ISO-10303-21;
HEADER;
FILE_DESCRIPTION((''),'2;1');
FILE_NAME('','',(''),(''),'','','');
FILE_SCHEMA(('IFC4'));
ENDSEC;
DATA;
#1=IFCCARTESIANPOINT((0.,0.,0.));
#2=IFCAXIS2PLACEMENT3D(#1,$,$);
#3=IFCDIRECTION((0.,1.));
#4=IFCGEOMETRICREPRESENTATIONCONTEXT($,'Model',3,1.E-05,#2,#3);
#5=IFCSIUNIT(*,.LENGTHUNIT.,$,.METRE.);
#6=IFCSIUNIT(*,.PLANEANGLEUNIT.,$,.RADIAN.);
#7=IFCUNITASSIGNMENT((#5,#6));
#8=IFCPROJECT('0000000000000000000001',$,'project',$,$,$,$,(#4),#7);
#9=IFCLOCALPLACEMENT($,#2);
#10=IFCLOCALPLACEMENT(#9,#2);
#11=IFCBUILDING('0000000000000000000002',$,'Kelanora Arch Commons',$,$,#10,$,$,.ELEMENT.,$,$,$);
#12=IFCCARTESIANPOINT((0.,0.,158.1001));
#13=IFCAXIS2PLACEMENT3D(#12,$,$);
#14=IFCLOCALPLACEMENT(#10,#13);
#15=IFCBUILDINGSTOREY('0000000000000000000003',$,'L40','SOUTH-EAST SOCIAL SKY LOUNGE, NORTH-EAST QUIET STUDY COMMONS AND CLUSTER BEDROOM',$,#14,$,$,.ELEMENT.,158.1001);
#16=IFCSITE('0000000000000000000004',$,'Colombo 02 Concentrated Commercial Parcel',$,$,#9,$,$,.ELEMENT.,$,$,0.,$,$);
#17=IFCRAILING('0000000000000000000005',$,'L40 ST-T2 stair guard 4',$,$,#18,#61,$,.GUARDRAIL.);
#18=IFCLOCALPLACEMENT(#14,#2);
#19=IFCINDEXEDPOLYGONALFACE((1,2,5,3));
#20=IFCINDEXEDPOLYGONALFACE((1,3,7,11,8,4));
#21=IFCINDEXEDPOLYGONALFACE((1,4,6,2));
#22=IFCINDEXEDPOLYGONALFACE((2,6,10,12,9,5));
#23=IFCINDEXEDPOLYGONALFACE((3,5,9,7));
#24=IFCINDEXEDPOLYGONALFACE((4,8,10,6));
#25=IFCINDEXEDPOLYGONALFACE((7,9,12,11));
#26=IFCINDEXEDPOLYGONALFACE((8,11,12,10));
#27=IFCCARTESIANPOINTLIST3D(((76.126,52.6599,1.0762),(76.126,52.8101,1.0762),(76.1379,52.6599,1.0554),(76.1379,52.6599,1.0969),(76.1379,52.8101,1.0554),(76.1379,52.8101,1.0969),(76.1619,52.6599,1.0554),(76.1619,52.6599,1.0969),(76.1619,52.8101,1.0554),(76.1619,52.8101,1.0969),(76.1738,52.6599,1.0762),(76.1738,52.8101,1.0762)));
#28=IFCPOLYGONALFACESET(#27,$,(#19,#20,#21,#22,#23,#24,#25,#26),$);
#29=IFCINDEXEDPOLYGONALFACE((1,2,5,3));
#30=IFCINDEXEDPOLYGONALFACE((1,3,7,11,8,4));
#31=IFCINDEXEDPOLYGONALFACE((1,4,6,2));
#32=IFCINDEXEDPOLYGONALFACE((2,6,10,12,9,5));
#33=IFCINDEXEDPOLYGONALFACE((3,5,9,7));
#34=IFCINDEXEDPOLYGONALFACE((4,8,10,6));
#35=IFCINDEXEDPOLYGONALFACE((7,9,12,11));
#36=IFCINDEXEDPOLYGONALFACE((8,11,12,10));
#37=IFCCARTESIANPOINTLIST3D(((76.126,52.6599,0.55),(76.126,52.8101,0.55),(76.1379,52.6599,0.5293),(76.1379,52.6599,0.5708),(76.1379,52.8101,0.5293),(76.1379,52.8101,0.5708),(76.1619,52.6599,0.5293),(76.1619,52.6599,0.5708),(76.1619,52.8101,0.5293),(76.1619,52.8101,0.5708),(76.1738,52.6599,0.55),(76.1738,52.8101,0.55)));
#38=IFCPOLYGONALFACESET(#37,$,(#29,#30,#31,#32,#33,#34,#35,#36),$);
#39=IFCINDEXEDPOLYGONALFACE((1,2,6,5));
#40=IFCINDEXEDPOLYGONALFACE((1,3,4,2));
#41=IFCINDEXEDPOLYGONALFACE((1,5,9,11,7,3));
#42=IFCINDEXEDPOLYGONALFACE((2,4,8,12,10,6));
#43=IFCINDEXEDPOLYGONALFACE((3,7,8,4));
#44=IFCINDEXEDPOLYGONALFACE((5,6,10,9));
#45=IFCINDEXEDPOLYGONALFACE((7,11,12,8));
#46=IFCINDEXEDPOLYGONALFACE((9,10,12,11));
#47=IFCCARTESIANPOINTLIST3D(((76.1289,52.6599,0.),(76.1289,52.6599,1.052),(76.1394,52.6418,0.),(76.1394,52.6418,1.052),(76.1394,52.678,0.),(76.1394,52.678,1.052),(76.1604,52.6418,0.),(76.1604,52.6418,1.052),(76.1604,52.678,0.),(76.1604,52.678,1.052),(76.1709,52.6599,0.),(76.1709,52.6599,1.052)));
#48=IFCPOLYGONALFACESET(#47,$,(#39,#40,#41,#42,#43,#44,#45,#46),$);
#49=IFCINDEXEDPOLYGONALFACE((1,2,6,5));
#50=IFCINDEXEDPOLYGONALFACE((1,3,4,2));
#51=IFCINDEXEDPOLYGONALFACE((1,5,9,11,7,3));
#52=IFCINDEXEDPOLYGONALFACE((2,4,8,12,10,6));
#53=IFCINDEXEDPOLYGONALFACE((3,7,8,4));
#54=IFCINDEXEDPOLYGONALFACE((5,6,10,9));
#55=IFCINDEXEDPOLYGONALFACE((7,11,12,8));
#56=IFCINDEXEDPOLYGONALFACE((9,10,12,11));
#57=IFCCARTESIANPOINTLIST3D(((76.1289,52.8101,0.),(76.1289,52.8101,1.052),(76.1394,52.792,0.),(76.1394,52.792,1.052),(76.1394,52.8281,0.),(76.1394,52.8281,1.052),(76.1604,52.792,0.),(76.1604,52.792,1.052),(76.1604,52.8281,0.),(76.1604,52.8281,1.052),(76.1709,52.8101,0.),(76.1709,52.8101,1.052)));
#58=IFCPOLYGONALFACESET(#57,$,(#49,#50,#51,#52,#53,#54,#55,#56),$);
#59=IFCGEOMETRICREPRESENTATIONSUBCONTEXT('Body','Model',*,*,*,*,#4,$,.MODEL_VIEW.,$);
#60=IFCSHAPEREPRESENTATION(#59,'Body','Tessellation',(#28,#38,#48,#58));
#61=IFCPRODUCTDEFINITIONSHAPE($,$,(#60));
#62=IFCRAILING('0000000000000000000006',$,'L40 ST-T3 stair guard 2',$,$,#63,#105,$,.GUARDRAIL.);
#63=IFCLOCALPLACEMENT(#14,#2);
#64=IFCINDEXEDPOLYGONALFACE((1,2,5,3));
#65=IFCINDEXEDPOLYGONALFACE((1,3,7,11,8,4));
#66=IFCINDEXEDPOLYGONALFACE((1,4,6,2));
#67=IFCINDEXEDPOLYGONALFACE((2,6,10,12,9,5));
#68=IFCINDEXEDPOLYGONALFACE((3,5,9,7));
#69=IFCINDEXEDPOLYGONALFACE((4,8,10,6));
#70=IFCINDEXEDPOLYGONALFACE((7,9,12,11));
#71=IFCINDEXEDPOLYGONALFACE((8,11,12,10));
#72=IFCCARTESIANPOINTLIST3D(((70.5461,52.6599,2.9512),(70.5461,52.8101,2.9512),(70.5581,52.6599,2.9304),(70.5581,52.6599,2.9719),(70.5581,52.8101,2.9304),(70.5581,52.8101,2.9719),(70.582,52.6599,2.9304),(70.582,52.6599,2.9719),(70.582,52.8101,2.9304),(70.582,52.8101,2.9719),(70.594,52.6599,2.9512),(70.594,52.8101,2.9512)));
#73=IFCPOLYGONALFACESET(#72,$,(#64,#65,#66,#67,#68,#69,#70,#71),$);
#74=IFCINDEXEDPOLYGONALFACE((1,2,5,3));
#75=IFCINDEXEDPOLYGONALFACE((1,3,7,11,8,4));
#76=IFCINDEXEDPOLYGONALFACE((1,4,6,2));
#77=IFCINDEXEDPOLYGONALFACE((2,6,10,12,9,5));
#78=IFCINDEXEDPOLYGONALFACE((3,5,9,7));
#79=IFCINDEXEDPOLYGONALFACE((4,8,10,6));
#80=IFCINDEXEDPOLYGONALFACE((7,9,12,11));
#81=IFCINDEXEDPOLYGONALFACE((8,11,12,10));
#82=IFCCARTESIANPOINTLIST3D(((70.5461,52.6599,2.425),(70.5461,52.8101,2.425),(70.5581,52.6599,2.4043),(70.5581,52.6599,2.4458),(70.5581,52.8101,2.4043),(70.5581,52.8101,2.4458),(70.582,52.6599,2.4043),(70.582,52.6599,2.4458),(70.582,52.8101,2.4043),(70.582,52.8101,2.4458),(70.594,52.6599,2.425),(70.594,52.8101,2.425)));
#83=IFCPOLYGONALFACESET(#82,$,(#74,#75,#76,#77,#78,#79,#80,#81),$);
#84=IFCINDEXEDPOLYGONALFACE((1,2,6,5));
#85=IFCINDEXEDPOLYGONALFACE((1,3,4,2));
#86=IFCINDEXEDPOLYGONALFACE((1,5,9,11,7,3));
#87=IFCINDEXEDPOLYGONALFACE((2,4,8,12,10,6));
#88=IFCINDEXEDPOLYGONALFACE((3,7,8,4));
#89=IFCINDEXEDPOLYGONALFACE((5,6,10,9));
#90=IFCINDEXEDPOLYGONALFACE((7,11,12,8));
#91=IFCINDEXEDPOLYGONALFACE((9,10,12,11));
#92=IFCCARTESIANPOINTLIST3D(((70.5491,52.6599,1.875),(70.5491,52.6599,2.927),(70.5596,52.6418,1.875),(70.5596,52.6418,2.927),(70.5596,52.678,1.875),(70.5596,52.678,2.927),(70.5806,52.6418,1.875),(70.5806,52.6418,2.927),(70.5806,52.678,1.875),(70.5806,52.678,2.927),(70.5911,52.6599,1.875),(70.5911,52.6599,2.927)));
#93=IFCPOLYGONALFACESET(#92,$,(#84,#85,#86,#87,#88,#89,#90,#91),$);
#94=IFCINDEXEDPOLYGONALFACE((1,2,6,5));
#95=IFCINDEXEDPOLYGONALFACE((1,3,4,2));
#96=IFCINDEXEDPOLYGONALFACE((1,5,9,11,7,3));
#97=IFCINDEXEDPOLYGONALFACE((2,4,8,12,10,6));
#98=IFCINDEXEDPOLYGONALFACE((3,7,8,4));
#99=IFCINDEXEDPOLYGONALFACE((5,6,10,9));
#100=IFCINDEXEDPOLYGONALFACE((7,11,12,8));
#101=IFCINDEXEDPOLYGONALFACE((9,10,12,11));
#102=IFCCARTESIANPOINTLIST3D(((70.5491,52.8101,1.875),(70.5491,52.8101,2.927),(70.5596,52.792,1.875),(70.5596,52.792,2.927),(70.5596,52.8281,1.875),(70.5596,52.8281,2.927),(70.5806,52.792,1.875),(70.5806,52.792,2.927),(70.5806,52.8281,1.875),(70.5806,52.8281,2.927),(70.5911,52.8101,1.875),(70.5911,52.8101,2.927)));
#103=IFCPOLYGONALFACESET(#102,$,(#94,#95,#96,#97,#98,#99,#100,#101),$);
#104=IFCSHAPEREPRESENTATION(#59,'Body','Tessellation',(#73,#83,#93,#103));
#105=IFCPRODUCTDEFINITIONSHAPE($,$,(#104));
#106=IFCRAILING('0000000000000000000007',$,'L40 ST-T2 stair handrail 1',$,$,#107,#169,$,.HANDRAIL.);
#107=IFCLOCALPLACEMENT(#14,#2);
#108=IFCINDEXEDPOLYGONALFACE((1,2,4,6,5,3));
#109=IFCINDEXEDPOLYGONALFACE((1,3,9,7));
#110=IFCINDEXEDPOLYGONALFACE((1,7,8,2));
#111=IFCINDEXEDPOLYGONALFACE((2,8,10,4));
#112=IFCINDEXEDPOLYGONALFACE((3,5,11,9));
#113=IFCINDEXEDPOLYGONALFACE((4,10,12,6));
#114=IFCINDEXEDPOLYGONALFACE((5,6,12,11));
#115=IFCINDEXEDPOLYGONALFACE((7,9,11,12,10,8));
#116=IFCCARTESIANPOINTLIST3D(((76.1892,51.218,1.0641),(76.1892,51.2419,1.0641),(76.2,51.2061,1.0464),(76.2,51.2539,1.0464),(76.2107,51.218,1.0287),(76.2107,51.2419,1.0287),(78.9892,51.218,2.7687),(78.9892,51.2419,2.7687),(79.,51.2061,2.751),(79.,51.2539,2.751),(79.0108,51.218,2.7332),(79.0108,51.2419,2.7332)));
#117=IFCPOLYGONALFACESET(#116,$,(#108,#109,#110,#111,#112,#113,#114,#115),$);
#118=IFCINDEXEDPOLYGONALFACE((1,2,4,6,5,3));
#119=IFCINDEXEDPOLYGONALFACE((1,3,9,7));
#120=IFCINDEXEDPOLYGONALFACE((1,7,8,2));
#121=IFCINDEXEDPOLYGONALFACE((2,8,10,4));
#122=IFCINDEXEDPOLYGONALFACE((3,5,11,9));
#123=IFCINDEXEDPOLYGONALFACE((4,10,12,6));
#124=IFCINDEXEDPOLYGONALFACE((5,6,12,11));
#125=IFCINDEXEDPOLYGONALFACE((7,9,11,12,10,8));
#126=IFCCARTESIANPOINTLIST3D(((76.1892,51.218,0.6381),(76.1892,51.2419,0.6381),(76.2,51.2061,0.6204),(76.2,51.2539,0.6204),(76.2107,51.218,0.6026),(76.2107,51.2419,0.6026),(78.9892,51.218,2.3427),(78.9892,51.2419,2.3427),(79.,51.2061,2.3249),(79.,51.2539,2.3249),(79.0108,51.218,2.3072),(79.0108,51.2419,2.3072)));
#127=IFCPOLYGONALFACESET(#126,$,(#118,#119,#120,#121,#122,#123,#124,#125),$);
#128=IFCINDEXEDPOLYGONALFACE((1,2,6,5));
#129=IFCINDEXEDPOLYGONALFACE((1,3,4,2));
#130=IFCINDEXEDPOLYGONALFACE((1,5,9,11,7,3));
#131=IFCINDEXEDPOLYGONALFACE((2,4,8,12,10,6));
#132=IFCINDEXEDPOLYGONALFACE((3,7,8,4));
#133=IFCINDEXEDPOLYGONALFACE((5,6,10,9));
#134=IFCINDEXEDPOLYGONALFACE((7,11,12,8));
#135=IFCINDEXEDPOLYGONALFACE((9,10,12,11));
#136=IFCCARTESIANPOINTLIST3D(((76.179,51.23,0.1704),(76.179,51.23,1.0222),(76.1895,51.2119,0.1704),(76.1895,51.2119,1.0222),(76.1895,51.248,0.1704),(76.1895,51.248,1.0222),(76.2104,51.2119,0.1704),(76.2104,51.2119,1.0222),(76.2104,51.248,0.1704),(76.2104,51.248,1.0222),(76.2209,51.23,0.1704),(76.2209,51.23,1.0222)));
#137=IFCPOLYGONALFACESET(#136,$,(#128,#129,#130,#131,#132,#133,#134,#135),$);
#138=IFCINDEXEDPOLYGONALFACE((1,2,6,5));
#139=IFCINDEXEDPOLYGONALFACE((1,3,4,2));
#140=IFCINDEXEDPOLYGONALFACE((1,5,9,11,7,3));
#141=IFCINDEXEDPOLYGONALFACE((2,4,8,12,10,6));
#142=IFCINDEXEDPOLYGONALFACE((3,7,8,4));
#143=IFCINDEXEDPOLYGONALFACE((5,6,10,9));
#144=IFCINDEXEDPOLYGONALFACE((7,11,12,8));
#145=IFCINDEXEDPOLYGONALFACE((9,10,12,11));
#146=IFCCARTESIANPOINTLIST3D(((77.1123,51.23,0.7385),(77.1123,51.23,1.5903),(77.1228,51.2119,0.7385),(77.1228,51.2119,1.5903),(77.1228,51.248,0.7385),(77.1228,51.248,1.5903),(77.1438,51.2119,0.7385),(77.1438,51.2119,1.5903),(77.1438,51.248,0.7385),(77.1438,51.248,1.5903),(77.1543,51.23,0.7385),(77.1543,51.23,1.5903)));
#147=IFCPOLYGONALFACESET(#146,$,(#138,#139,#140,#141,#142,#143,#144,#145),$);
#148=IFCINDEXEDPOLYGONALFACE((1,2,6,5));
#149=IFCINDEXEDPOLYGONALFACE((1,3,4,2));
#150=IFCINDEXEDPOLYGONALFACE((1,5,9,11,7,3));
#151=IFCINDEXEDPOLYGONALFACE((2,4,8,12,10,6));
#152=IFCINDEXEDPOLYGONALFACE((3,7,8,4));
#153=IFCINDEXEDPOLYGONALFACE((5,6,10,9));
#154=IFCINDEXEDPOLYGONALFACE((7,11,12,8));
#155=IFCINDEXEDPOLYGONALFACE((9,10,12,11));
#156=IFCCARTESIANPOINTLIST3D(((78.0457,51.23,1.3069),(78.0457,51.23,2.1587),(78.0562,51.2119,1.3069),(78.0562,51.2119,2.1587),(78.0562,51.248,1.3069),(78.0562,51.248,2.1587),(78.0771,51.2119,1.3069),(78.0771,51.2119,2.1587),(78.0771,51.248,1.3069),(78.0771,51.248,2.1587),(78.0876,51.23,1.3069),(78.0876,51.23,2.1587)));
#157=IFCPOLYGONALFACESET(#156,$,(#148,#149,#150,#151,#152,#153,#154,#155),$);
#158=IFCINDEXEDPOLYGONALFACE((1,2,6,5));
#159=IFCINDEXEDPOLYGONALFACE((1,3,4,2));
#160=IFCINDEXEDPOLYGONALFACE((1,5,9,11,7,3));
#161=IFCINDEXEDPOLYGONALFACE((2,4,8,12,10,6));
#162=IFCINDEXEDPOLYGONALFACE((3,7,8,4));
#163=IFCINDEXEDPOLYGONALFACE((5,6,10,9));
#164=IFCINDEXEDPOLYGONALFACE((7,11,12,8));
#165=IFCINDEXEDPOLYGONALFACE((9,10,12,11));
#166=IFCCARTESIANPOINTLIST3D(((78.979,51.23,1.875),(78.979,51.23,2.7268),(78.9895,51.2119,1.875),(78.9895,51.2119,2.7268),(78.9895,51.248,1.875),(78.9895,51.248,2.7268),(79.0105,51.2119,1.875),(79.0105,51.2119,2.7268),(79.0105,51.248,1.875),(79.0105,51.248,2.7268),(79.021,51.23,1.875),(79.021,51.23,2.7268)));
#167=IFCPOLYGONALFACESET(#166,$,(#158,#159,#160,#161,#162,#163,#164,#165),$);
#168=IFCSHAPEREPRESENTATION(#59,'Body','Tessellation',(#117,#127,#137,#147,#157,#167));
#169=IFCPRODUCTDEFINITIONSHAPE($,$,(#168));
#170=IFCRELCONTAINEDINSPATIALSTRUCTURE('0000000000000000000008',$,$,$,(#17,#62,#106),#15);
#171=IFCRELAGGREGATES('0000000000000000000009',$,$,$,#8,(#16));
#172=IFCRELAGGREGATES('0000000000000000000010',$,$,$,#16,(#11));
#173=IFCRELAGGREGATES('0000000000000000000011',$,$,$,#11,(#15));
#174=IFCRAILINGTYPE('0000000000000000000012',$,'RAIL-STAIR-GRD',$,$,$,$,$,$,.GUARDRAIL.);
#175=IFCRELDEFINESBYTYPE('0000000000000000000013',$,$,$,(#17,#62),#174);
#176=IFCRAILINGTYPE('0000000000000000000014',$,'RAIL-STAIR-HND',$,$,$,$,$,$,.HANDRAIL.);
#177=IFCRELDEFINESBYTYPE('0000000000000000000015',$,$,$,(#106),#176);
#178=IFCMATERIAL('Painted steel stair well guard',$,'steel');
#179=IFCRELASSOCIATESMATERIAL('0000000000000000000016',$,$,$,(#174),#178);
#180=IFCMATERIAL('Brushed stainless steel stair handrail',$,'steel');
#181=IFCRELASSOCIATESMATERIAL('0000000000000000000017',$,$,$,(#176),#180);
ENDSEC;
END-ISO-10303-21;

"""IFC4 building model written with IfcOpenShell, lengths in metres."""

from ifc_helpers import new_model, si_unit, direction, frame, origin, place, context, subcontext, project, spatial, polyline, outline, extrude, material, type_object, element, save


model = new_model("IFC4")

# Units and contexts
model_context = context("Model", 3, precision=1e-05, world=origin(), true_north=direction((0.0, 1.0)))
body_context = subcontext(model_context, "Body", "Model", "MODEL_VIEW")
ifc_project = project(units=[si_unit("LENGTHUNIT", "METRE"), si_unit("PLANEANGLEUNIT", "RADIAN")], contexts=[model_context])

# Site, building, storey
site_placement = place(None, origin())
site = spatial("IfcSite", under=ifc_project, at=site_placement, Name="Colombo 02 Concentrated Commercial Parcel", CompositionType="ELEMENT", RefElevation=0.0)
building_placement = place(site_placement, origin())
building = spatial("IfcBuilding", under=site, at=building_placement, Name="Kelanora Arch Commons", CompositionType="ELEMENT")
storey_placement = place(building_placement, frame((0.0, 0.0, 158.1001)))
storey = spatial("IfcBuildingStorey", under=building, at=storey_placement, Name="L40", Description="SOUTH-EAST SOCIAL SKY LOUNGE, NORTH-EAST QUIET STUDY COMMONS AND CLUSTER BEDROOM", CompositionType="ELEMENT", Elevation=158.1001)

# Railings
ifc_material_1 = material(Name="Painted steel stair well guard", Category="steel")
railing_type_1 = type_object("IfcRailingType", Name="RAIL-STAIR-GRD", PredefinedType="GUARDRAIL", material=ifc_material_1)
for number, where, name in (
    (1, (76.1499, 52.6599, 0.0), "L40 ST-T2 stair guard 4"),
    (2, (70.5701, 52.6599, 1.875), "L40 ST-T3 stair guard 2"),
):
    element("IfcRailing", number, at=place(storey_placement, frame(where)), inside=storey, type_object=railing_type_1, Name=name, PredefinedType="GUARDRAIL", context=body_context, shape_type="SweptSolid", body=[
        extrude(outline(polyline([(0.0239, 0.0), (0.012, 0.0208), (-0.012, 0.0208), (-0.0239, 0.0), (-0.012, -0.0208), (0.012, -0.0208), (0.0239, 0.0)])), frame((0.0, 0.0, 1.0762), z_axis=(0.0, 1.0, 0.0), x_axis=(-1.0, 0.0, 0.0)), (0.0, 0.0, 1.0), 0.1501),
        extrude(outline(polyline([(0.0239, 0.0), (0.012, 0.0208), (-0.012, 0.0208), (-0.0239, 0.0), (-0.012, -0.0208), (0.012, -0.0208), (0.0239, 0.0)])), frame((0.0, 0.0, 0.55), z_axis=(0.0, 1.0, 0.0), x_axis=(-1.0, 0.0, 0.0)), (0.0, 0.0, 1.0), 0.1501),
        extrude(outline(polyline([(0.021, 0.0), (0.0105, 0.0181), (-0.0105, 0.0181), (-0.021, 0.0), (-0.0105, -0.0181), (0.0105, -0.0181), (0.021, 0.0)])), origin(), (0.0, 0.0, 1.0), 1.052),
        extrude(outline(polyline([(0.021, 0.0), (0.0105, 0.0181), (-0.0105, 0.0181), (-0.021, 0.0), (-0.0105, -0.0181), (0.0105, -0.0181), (0.021, 0.0)])), frame((0.0, 0.1501, 0.0)), (0.0, 0.0, 1.0), 1.052),
    ])
ifc_material_2 = material(Name="Brushed stainless steel stair handrail", Category="steel")
railing_type_2 = type_object("IfcRailingType", Name="RAIL-STAIR-HND", PredefinedType="HANDRAIL", material=ifc_material_2)
railing_1_placement = place(storey_placement, frame((76.2, 51.23, 0.1704)))
element("IfcRailing", 3, at=railing_1_placement, inside=storey, type_object=railing_type_2, Name="L40 ST-T2 stair handrail 1", PredefinedType="HANDRAIL", context=body_context, shape_type="SweptSolid", body=[
    extrude(outline(polyline([(0.0239, 0.0), (0.012, 0.0208), (-0.012, 0.0208), (-0.0239, 0.0), (-0.012, -0.0208), (0.012, -0.0208), (0.0239, 0.0)])), frame((0.0, 0.0, 0.876), z_axis=(0.85417, 0.0, 0.519994), x_axis=(0.0, 1.0, 0.0)), (0.0, 0.0, 1.0), 3.2781),
    extrude(outline(polyline([(0.0239, 0.0), (0.012, 0.0208), (-0.012, 0.0208), (-0.0239, 0.0), (-0.012, -0.0208), (0.012, -0.0208), (0.0239, 0.0)])), frame((0.0, 0.0, 0.45), z_axis=(0.85417, 0.0, 0.519994), x_axis=(0.0, 1.0, 0.0)), (0.0, 0.0, 1.0), 3.2781),
    extrude(outline(polyline([(0.021, 0.0), (0.0105, 0.0181), (-0.0105, 0.0181), (-0.021, 0.0), (-0.0105, -0.0181), (0.0105, -0.0181), (0.021, 0.0)])), origin(), (0.0, 0.0, 1.0), 0.8518),
    extrude(outline(polyline([(0.021, 0.0), (0.0105, 0.0181), (-0.0105, 0.0181), (-0.021, 0.0), (-0.0105, -0.0181), (0.0105, -0.0181), (0.021, 0.0)])), frame((0.9333, 0.0, 0.5681)), (0.0, 0.0, 1.0), 0.8518),
    extrude(outline(polyline([(0.021, 0.0), (0.0105, 0.0181), (-0.0105, 0.0181), (-0.021, 0.0), (-0.0105, -0.0181), (0.0105, -0.0181), (0.021, 0.0)])), frame((1.8667, 0.0, 1.1365)), (0.0, 0.0, 1.0), 0.8518),
    extrude(outline(polyline([(0.021, 0.0), (0.0105, 0.0181), (-0.0105, 0.0181), (-0.021, 0.0), (-0.0105, -0.0181), (0.0105, -0.0181), (0.021, 0.0)])), frame((2.8, 0.0, 1.7046)), (0.0, 0.0, 1.0), 0.8518),
])

save(model, "model.ifc")
